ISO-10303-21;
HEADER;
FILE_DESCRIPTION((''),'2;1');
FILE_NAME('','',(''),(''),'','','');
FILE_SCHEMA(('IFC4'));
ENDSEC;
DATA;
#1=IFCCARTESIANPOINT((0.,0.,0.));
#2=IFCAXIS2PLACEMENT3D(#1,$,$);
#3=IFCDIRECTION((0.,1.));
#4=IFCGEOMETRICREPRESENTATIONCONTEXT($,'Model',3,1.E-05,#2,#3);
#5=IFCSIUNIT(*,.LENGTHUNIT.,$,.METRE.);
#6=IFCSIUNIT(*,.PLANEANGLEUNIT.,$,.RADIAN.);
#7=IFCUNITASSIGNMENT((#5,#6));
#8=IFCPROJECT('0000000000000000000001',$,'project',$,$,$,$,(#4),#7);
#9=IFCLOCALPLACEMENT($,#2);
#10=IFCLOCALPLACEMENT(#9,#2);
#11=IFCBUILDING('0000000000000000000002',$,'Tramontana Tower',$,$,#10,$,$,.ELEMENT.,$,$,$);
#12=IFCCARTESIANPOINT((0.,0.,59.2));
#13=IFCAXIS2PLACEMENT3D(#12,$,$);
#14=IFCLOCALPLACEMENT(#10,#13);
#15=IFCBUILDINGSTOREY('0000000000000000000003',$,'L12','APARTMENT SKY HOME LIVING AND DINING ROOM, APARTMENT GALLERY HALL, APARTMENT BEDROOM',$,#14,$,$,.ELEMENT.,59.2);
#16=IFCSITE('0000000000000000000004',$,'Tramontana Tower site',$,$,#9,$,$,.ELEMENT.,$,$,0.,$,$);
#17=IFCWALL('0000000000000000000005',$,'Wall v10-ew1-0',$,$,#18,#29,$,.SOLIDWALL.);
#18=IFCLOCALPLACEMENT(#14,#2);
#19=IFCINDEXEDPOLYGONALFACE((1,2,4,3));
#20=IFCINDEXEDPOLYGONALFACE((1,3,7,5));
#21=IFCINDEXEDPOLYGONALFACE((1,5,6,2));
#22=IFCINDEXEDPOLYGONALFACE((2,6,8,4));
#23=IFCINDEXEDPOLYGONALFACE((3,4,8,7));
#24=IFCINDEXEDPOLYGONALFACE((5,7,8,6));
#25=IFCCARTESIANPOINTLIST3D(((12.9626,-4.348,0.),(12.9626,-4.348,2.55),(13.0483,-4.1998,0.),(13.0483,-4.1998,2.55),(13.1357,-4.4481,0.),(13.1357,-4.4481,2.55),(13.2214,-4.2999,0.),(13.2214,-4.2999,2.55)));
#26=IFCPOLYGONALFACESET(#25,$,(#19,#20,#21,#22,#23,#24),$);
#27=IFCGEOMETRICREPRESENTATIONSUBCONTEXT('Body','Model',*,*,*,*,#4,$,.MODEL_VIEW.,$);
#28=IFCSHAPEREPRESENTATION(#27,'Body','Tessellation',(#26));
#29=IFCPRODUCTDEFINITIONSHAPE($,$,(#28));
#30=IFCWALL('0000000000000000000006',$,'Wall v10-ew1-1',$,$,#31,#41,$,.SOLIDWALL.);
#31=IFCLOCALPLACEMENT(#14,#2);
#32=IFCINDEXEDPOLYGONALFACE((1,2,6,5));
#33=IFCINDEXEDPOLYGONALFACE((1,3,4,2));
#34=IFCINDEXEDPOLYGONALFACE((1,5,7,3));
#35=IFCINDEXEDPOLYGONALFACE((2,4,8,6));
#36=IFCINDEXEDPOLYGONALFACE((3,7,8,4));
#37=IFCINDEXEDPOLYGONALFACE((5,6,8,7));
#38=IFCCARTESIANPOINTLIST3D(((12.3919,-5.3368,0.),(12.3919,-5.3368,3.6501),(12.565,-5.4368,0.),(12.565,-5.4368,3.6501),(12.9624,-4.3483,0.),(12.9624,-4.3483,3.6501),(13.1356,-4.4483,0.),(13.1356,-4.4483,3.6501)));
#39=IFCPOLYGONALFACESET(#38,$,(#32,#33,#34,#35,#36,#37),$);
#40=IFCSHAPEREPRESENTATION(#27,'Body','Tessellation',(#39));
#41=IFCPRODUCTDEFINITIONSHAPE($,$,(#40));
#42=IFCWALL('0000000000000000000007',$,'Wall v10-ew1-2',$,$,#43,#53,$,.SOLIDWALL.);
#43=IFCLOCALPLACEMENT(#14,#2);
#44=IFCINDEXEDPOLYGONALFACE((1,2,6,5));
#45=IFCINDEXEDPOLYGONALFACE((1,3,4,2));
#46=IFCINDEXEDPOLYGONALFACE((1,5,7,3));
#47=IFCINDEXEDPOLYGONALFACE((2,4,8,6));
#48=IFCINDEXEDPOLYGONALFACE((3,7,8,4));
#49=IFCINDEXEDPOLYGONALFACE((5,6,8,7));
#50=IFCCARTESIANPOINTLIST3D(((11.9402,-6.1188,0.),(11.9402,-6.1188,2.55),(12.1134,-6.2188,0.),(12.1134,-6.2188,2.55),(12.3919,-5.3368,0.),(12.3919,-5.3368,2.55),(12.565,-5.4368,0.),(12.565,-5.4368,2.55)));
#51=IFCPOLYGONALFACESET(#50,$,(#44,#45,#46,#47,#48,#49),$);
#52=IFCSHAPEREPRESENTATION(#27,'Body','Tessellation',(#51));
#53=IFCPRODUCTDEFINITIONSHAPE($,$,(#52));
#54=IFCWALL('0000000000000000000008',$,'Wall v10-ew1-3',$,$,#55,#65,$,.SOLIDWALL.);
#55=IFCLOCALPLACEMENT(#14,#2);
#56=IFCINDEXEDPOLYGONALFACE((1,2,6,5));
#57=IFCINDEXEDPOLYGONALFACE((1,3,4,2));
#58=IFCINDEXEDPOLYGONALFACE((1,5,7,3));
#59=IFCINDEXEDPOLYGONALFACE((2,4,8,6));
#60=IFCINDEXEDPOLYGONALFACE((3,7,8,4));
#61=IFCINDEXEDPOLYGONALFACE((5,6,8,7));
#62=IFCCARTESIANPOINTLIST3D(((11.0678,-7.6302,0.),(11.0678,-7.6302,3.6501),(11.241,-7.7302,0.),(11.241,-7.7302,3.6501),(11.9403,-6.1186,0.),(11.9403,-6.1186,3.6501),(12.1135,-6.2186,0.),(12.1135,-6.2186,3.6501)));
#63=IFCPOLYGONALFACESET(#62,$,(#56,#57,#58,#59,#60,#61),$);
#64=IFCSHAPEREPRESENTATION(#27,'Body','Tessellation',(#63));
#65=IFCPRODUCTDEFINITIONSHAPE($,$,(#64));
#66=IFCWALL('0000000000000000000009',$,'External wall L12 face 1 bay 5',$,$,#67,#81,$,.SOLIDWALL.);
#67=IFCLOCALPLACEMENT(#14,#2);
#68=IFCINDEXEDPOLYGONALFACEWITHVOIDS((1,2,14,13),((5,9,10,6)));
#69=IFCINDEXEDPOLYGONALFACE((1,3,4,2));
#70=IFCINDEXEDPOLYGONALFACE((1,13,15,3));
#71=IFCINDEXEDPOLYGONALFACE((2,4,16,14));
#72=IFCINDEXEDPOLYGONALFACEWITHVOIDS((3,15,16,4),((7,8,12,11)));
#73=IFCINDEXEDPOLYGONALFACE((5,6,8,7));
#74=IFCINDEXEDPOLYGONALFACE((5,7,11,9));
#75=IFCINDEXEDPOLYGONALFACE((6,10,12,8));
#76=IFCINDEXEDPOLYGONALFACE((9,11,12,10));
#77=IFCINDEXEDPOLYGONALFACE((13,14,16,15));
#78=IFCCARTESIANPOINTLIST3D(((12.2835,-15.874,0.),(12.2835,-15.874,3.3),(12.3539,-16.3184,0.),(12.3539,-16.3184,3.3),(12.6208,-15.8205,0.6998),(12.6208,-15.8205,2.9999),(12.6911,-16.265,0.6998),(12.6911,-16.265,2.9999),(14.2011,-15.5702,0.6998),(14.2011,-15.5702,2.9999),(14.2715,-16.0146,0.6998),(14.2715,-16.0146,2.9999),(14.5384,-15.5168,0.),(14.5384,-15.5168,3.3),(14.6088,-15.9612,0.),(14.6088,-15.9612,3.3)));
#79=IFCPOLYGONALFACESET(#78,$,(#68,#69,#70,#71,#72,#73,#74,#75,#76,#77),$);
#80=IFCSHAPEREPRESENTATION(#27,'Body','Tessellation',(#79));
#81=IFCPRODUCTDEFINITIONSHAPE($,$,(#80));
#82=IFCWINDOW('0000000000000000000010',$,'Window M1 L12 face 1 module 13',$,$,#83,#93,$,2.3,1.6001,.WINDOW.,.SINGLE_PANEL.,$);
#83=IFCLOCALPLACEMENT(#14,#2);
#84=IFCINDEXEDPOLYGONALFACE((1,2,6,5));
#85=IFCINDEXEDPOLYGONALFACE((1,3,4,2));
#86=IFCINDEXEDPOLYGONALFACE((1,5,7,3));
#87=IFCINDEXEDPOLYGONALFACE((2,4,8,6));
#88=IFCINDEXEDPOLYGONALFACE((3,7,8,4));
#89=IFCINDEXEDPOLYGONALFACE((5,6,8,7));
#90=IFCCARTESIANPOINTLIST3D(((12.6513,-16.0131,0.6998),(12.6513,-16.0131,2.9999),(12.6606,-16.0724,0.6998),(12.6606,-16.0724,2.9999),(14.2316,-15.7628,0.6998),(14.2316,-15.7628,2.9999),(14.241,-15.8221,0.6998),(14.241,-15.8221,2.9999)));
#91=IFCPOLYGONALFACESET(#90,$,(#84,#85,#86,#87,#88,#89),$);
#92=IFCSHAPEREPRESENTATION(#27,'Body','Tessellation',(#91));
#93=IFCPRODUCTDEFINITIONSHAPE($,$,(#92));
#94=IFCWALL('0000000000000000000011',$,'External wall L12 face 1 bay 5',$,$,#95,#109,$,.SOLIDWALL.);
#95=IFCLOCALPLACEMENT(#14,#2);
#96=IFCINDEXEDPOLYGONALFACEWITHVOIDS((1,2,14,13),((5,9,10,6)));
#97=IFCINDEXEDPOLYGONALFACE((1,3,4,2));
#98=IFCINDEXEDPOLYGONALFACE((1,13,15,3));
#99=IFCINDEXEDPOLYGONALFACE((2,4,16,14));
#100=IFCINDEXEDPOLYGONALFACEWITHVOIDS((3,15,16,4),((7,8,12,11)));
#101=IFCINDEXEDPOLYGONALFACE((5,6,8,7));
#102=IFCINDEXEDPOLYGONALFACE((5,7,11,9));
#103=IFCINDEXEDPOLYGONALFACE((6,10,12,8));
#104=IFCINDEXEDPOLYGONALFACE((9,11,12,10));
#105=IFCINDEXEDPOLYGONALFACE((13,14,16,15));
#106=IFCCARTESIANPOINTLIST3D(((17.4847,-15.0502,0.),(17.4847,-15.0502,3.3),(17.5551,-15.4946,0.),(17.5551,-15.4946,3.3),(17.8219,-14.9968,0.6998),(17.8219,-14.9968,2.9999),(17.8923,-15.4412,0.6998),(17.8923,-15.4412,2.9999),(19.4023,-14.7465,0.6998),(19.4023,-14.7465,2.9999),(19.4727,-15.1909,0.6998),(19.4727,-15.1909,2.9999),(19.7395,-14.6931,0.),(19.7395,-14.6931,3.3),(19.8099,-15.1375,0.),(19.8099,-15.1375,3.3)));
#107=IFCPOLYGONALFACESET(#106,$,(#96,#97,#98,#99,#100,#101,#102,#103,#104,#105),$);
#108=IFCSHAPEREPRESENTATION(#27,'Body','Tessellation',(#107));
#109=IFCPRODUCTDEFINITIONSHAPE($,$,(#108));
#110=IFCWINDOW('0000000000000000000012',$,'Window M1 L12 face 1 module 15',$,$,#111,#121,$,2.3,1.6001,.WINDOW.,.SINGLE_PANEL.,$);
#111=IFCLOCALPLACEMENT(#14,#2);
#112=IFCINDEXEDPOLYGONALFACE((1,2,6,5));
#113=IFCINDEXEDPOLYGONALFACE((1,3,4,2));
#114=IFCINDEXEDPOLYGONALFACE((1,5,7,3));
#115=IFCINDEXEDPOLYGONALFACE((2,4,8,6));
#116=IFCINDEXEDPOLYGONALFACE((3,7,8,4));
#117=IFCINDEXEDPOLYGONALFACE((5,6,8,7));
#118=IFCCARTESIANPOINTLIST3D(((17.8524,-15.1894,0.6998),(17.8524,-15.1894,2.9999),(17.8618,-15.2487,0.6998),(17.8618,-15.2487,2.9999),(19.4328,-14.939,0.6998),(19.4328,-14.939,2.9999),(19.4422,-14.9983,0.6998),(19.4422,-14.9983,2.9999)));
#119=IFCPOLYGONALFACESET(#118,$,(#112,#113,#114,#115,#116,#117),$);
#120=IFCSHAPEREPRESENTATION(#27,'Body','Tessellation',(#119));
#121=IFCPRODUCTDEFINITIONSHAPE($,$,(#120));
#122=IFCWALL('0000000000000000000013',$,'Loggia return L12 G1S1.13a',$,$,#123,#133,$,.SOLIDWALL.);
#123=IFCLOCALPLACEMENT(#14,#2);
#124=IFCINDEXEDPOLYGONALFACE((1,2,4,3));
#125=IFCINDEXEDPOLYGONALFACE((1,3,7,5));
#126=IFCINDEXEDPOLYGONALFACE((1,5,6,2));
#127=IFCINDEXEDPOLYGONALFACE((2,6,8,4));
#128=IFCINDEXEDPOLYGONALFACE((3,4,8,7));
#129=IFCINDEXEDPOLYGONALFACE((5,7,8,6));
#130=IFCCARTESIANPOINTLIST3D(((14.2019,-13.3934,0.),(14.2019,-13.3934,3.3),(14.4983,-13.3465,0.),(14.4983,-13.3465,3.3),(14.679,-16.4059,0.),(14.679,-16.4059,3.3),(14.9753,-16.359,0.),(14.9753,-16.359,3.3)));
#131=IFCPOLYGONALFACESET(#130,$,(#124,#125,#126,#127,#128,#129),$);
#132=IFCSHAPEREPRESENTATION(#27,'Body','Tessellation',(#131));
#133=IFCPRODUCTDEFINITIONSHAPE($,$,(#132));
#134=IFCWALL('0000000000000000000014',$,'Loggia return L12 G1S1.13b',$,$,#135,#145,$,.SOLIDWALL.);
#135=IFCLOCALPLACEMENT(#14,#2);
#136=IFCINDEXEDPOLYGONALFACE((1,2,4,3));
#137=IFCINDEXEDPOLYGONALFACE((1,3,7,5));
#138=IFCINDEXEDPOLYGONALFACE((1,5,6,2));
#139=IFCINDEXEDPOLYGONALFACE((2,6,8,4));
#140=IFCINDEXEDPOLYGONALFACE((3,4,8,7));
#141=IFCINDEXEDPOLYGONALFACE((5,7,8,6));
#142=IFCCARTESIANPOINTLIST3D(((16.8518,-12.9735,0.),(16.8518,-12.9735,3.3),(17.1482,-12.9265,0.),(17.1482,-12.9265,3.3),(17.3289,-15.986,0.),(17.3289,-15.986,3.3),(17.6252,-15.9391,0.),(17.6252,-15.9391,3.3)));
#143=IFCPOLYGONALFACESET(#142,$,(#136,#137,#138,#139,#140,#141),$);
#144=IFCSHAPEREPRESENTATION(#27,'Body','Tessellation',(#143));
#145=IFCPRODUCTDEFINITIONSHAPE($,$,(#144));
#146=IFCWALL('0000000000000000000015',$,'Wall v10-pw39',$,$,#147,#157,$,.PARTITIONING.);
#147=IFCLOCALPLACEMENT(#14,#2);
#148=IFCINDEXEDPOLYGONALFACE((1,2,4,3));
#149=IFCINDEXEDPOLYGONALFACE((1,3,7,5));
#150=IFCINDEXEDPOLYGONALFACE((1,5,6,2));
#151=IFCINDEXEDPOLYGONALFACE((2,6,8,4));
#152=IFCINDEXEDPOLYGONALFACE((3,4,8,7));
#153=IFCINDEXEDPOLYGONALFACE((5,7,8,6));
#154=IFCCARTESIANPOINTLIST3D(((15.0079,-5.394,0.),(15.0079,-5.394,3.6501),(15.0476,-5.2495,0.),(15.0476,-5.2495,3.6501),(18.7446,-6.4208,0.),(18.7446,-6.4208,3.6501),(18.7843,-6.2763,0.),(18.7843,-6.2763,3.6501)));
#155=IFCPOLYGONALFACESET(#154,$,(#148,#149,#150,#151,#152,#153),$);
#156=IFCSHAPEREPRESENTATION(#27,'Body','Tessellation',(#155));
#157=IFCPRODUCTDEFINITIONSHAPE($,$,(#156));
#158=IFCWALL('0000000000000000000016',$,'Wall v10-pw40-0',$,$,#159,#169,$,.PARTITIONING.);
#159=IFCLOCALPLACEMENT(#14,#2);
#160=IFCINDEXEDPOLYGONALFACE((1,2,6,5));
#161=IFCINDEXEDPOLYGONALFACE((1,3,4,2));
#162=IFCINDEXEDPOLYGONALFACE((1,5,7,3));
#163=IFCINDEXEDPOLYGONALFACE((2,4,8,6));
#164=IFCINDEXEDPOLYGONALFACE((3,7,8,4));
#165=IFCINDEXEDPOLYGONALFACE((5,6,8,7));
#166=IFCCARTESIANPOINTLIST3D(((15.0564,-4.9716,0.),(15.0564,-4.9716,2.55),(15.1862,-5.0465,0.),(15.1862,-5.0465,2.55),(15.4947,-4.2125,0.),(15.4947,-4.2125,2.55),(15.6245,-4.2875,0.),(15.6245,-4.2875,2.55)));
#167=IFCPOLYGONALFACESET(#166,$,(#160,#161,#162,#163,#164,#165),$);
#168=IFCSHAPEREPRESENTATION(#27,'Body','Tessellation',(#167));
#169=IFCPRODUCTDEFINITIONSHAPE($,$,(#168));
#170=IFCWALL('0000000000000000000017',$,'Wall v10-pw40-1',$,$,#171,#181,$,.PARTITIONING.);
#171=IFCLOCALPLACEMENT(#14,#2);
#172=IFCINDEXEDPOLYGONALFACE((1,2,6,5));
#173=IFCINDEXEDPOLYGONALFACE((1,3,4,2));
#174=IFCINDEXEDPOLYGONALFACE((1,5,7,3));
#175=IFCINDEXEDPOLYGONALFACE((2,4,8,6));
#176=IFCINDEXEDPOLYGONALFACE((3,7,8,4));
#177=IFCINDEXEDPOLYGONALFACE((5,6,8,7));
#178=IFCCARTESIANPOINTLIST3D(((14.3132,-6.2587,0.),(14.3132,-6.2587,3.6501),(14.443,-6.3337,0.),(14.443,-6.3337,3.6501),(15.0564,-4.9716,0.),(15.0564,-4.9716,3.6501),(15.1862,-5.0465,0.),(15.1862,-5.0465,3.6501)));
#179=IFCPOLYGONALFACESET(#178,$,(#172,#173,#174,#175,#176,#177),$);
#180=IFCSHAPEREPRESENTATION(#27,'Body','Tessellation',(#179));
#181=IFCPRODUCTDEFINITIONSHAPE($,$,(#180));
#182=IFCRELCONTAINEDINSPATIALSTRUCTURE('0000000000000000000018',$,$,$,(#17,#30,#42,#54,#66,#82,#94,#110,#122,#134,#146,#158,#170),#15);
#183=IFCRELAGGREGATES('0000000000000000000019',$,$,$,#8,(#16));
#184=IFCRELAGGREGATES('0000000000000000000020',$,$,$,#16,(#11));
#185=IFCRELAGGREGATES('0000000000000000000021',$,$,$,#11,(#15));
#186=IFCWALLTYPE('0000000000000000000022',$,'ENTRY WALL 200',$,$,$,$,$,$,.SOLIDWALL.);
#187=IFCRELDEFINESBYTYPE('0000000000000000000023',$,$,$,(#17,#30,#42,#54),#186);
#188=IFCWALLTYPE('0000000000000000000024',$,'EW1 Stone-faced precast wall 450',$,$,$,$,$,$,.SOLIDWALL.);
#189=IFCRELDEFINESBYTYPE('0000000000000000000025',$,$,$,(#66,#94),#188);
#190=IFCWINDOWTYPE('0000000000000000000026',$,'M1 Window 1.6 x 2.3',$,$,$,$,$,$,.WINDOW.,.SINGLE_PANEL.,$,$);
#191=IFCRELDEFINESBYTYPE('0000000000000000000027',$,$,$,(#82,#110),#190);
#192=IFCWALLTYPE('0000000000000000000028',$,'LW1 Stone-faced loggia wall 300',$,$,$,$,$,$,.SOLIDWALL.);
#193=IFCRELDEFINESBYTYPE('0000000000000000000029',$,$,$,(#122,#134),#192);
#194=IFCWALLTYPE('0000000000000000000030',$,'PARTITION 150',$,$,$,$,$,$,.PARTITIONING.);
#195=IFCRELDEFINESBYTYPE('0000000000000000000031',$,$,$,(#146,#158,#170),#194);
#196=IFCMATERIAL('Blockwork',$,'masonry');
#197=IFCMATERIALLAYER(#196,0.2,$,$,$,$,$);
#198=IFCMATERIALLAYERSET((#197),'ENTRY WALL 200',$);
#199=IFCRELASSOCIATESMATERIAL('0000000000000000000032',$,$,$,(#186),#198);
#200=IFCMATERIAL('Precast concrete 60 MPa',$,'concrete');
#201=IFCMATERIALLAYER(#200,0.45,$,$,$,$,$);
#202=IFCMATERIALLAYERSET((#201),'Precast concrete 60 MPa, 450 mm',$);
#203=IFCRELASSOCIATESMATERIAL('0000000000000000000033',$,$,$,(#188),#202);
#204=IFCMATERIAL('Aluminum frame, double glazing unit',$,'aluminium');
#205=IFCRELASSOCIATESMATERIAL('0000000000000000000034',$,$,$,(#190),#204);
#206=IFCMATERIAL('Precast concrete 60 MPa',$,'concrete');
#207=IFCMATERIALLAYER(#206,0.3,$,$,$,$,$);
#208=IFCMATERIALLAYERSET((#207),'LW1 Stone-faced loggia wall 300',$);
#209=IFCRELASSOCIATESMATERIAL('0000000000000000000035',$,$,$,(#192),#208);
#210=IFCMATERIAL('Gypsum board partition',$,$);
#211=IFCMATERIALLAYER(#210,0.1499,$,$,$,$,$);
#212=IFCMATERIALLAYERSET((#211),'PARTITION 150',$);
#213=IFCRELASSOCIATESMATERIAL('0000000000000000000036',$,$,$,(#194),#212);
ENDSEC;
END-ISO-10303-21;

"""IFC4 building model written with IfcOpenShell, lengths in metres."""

from ifc_helpers import new_model, si_unit, direction, frame, frame_2d, origin, place, context, subcontext, project, spatial, rectangle, extrude, material, layer, layer_set, type_object, element, fill, save


model = new_model("IFC4")

# Units and contexts
model_context = context("Model", 3, precision=1e-05, world=origin(), true_north=direction((0.0, 1.0)))
body_context = subcontext(model_context, "Body", "Model", "MODEL_VIEW")
ifc_project = project(units=[si_unit("LENGTHUNIT", "METRE"), si_unit("PLANEANGLEUNIT", "RADIAN")], contexts=[model_context])

# Site, building, storey
site_placement = place(None, origin())
site = spatial("IfcSite", under=ifc_project, at=site_placement, Name="Tramontana Tower site", CompositionType="ELEMENT", RefElevation=0.0)
building_placement = place(site_placement, origin())
building = spatial("IfcBuilding", under=site, at=building_placement, Name="Tramontana Tower", CompositionType="ELEMENT")
storey_placement = place(building_placement, frame((0.0, 0.0, 59.2)))
storey = spatial("IfcBuildingStorey", under=building, at=storey_placement, Name="L12", Description="APARTMENT SKY HOME LIVING AND DINING ROOM, APARTMENT GALLERY HALL, APARTMENT BEDROOM", CompositionType="ELEMENT", Elevation=59.2)

# Shared definitions
ifc_material_1 = material(Name="Blockwork", Category="masonry")
ifc_layer_1 = layer(ifc_material_1, 0.2)
ifc_layer_set_1 = layer_set([ifc_layer_1], Name="ENTRY WALL 200")
wall_type_1 = type_object("IfcWallType", Name="ENTRY WALL 200", PredefinedType="SOLIDWALL", material=ifc_layer_set_1)

# Walls
wall_1_placement = place(storey_placement, frame((13.1348, -4.25, 0.0), z_axis=(0.0, 0.0, 1.0), x_axis=(-0.500586, -0.865687, 0.0)))
element("IfcWall", 1, at=wall_1_placement, inside=storey, type_object=wall_type_1, Name="Wall v10-ew1-0", PredefinedType="SOLIDWALL", context=body_context, shape_type="SweptSolid", body=[
    extrude(rectangle(XDim=0.1711, YDim=0.2, at=frame_2d((0.0854, 0.0))), origin(), (0.0, 0.0, 1.0), 2.55),
])
wall_2_placement = place(storey_placement, frame((13.0491, -4.3982, 0.0), z_axis=(0.0, 0.0, 1.0), x_axis=(-0.499889, -0.866089, 0.0)))
element("IfcWall", 2, at=wall_2_placement, inside=storey, type_object=wall_type_1, Name="Wall v10-ew1-1", PredefinedType="SOLIDWALL", context=body_context, shape_type="SweptSolid", body=[
    extrude(rectangle(XDim=1.1414, YDim=0.2, at=frame_2d((0.5708, 0.0))), origin(), (0.0, 0.0, 1.0), 3.6501),
])
wall_3_placement = place(storey_placement, frame((12.4785, -5.3867, 0.0), z_axis=(0.0, 0.0, 1.0), x_axis=(-0.500151, -0.865938, 0.0)))
element("IfcWall", 3, at=wall_3_placement, inside=storey, type_object=wall_type_1, Name="Wall v10-ew1-2", PredefinedType="SOLIDWALL", context=body_context, shape_type="SweptSolid", body=[
    extrude(rectangle(XDim=0.9031, YDim=0.2, at=frame_2d((0.4517, 0.0))), origin(), (0.0, 0.0, 1.0), 2.55),
])
wall_4_placement = place(storey_placement, frame((12.0269, -6.1687, 0.0), z_axis=(0.0, 0.0, 1.0), x_axis=(-0.4999, -0.866083, 0.0)))
element("IfcWall", 4, at=wall_4_placement, inside=storey, type_object=wall_type_1, Name="Wall v10-ew1-3", PredefinedType="SOLIDWALL", context=body_context, shape_type="SweptSolid", body=[
    extrude(rectangle(XDim=1.7454, YDim=0.2, at=frame_2d((0.8726, 0.0))), origin(), (0.0, 0.0, 1.0), 3.6501),
])

# Walls, openings, windows
ifc_material_2 = material(Name="Precast concrete 60 MPa", Category="concrete")
ifc_layer_2 = layer(ifc_material_2, 0.45)
ifc_layer_set_2 = layer_set([ifc_layer_2], Name="Precast concrete 60 MPa, 450 mm")
wall_type_2 = type_object("IfcWallType", Name="EW1 Stone-faced precast wall 450", PredefinedType="SOLIDWALL", material=ifc_layer_set_2)
wall_5_placement = place(storey_placement, frame((12.3186, -16.0962, 0.0), z_axis=(0.0, 0.0, 1.0), x_axis=(0.987686, 0.156451, 0.0)))
wall_5 = element("IfcWall", 5, at=wall_5_placement, inside=storey, type_object=wall_type_2, Name="External wall L12 face 1 bay 5", PredefinedType="SOLIDWALL", context=body_context, shape_type="SweptSolid", body=[
    extrude(rectangle(XDim=2.283, YDim=0.45, at=frame_2d((1.1416, 0.0))), origin(), (0.0, 0.0, 1.0), 3.3),
])
opening_1_placement = place(wall_5_placement, frame((0.3416, 0.0, 0.7)))
opening_1 = element("IfcOpeningElement", 6, at=opening_1_placement, cuts=wall_5, PredefinedType="OPENING", context=body_context, shape_type="SweptSolid", body=[
    extrude(rectangle(XDim=1.6001, YDim=2.3, at=frame_2d((0.8, 1.1499))), frame((0.0, 0.2349, 0.0), z_axis=(0.0, -1.0, 0.0), x_axis=(1.0, 0.0, 0.0)), (0.0, 0.0, 1.0), 0.47),
])
ifc_material_3 = material(Name="Aluminum frame, double glazing unit", Category="aluminium")
window_type = type_object("IfcWindowType", Name="M1 Window 1.6 x 2.3", PartitioningType="SINGLE_PANEL", PredefinedType="WINDOW", material=ifc_material_3)
window_1_placement = place(opening_1_placement, origin())
window_1 = element("IfcWindow", 7, at=window_1_placement, inside=storey, type_object=window_type, Name="Window M1 L12 face 1 module 13", OverallHeight=2.3, OverallWidth=1.6001, PartitioningType="SINGLE_PANEL", PredefinedType="WINDOW", context=body_context, shape_type="SweptSolid", body=[
    extrude(rectangle(XDim=1.6001, YDim=2.3, at=frame_2d((0.8, 1.1499))), frame((0.0, 0.03, 0.0), z_axis=(0.0, -1.0, 0.0), x_axis=(1.0, 0.0, 0.0)), (0.0, 0.0, 1.0), 0.0601),
])
fill(opening_1, window_1)
wall_6_placement = place(storey_placement, frame((17.5198, -15.2725, 0.0), z_axis=(0.0, 0.0, 1.0), x_axis=(0.987686, 0.156451, 0.0)))
wall_6 = element("IfcWall", 8, at=wall_6_placement, inside=storey, type_object=wall_type_2, Name="External wall L12 face 1 bay 5", PredefinedType="SOLIDWALL", context=body_context, shape_type="SweptSolid", body=[
    extrude(rectangle(XDim=2.283, YDim=0.45, at=frame_2d((1.1416, 0.0))), origin(), (0.0, 0.0, 1.0), 3.3),
])
opening_2_placement = place(wall_6_placement, frame((0.3416, 0.0, 0.7)))
opening_2 = element("IfcOpeningElement", 9, at=opening_2_placement, cuts=wall_6, PredefinedType="OPENING", context=body_context, shape_type="SweptSolid", body=[
    extrude(rectangle(XDim=1.6001, YDim=2.3, at=frame_2d((0.8, 1.1499))), frame((0.0, 0.2349, 0.0), z_axis=(0.0, -1.0, 0.0), x_axis=(1.0, 0.0, 0.0)), (0.0, 0.0, 1.0), 0.47),
])
window_2_placement = place(opening_2_placement, origin())
window_2 = element("IfcWindow", 10, at=window_2_placement, inside=storey, type_object=window_type, Name="Window M1 L12 face 1 module 15", OverallHeight=2.3, OverallWidth=1.6001, PartitioningType="SINGLE_PANEL", PredefinedType="WINDOW", context=body_context, shape_type="SweptSolid", body=[
    extrude(rectangle(XDim=1.6001, YDim=2.3, at=frame_2d((0.8, 1.1499))), frame((0.0, 0.03, 0.0), z_axis=(0.0, -1.0, 0.0), x_axis=(1.0, 0.0, 0.0)), (0.0, 0.0, 1.0), 0.0601),
])
fill(opening_2, window_2)

# Shared definitions
ifc_material_4 = material(Name="Precast concrete 60 MPa", Category="concrete")
ifc_layer_3 = layer(ifc_material_4, 0.3)
ifc_layer_set_3 = layer_set([ifc_layer_3], Name="LW1 Stone-faced loggia wall 300")
wall_type_3 = type_object("IfcWallType", Name="LW1 Stone-faced loggia wall 300", PredefinedType="SOLIDWALL", material=ifc_layer_set_3)

# Walls
for number, where, z_axis, x_axis, name in (
    (11, (14.8271, -16.3823, 0.0), (0.0, 0.0, 1.0), (-0.156411, 0.987692, 0.0), "Loggia return L12 G1S1.13a"),
    (12, (17.4771, -15.9624, 0.0), (0.0, 0.0, 1.0), (-0.156411, 0.987692, 0.0), "Loggia return L12 G1S1.13b"),
):
    element("IfcWall", number, at=place(storey_placement, frame(where, z_axis=z_axis, x_axis=x_axis)), inside=storey, type_object=wall_type_3, Name=name, PredefinedType="SOLIDWALL", context=body_context, shape_type="SweptSolid", body=[
        extrude(rectangle(XDim=3.05, YDim=0.3, at=frame_2d((1.5249, 0.0))), origin(), (0.0, 0.0, 1.0), 3.3),
    ])
ifc_material_5 = material(Name="Gypsum board partition")
ifc_layer_4 = layer(ifc_material_5, 0.1499)
ifc_layer_set_4 = layer_set([ifc_layer_4], Name="PARTITION 150")
wall_type_4 = type_object("IfcWallType", Name="PARTITION 150", PredefinedType="PARTITIONING", material=ifc_layer_set_4)
wall_7_placement = place(storey_placement, frame((15.0278, -5.3218, 0.0), z_axis=(0.0, 0.0, 1.0), x_axis=(0.964256, -0.264972, 0.0)))
element("IfcWall", 13, at=wall_7_placement, inside=storey, type_object=wall_type_4, Name="Wall v10-pw39", PredefinedType="PARTITIONING", context=body_context, shape_type="SweptSolid", body=[
    extrude(rectangle(XDim=3.8752, YDim=0.1499, at=frame_2d((1.9375, 0.0))), origin(), (0.0, 0.0, 1.0), 3.6501),
])
wall_8_placement = place(storey_placement, frame((15.5596, -4.25, 0.0), z_axis=(0.0, 0.0, 1.0), x_axis=(-0.500004, -0.866023, 0.0)))
element("IfcWall", 14, at=wall_8_placement, inside=storey, type_object=wall_type_4, Name="Wall v10-pw40-0", PredefinedType="PARTITIONING", context=body_context, shape_type="SweptSolid", body=[
    extrude(rectangle(XDim=0.8765, YDim=0.1499, at=frame_2d((0.4382, 0.0))), origin(), (0.0, 0.0, 1.0), 2.55),
])
wall_9_placement = place(storey_placement, frame((15.1213, -5.009, 0.0), z_axis=(0.0, 0.0, 1.0), x_axis=(-0.500026, -0.866011, 0.0)))
element("IfcWall", 15, at=wall_9_placement, inside=storey, type_object=wall_type_4, Name="Wall v10-pw40-1", PredefinedType="PARTITIONING", context=body_context, shape_type="SweptSolid", body=[
    extrude(rectangle(XDim=1.4863, YDim=0.1499, at=frame_2d((0.7432, 0.0))), origin(), (0.0, 0.0, 1.0), 3.6501),
])

save(model, "model.ifc")
